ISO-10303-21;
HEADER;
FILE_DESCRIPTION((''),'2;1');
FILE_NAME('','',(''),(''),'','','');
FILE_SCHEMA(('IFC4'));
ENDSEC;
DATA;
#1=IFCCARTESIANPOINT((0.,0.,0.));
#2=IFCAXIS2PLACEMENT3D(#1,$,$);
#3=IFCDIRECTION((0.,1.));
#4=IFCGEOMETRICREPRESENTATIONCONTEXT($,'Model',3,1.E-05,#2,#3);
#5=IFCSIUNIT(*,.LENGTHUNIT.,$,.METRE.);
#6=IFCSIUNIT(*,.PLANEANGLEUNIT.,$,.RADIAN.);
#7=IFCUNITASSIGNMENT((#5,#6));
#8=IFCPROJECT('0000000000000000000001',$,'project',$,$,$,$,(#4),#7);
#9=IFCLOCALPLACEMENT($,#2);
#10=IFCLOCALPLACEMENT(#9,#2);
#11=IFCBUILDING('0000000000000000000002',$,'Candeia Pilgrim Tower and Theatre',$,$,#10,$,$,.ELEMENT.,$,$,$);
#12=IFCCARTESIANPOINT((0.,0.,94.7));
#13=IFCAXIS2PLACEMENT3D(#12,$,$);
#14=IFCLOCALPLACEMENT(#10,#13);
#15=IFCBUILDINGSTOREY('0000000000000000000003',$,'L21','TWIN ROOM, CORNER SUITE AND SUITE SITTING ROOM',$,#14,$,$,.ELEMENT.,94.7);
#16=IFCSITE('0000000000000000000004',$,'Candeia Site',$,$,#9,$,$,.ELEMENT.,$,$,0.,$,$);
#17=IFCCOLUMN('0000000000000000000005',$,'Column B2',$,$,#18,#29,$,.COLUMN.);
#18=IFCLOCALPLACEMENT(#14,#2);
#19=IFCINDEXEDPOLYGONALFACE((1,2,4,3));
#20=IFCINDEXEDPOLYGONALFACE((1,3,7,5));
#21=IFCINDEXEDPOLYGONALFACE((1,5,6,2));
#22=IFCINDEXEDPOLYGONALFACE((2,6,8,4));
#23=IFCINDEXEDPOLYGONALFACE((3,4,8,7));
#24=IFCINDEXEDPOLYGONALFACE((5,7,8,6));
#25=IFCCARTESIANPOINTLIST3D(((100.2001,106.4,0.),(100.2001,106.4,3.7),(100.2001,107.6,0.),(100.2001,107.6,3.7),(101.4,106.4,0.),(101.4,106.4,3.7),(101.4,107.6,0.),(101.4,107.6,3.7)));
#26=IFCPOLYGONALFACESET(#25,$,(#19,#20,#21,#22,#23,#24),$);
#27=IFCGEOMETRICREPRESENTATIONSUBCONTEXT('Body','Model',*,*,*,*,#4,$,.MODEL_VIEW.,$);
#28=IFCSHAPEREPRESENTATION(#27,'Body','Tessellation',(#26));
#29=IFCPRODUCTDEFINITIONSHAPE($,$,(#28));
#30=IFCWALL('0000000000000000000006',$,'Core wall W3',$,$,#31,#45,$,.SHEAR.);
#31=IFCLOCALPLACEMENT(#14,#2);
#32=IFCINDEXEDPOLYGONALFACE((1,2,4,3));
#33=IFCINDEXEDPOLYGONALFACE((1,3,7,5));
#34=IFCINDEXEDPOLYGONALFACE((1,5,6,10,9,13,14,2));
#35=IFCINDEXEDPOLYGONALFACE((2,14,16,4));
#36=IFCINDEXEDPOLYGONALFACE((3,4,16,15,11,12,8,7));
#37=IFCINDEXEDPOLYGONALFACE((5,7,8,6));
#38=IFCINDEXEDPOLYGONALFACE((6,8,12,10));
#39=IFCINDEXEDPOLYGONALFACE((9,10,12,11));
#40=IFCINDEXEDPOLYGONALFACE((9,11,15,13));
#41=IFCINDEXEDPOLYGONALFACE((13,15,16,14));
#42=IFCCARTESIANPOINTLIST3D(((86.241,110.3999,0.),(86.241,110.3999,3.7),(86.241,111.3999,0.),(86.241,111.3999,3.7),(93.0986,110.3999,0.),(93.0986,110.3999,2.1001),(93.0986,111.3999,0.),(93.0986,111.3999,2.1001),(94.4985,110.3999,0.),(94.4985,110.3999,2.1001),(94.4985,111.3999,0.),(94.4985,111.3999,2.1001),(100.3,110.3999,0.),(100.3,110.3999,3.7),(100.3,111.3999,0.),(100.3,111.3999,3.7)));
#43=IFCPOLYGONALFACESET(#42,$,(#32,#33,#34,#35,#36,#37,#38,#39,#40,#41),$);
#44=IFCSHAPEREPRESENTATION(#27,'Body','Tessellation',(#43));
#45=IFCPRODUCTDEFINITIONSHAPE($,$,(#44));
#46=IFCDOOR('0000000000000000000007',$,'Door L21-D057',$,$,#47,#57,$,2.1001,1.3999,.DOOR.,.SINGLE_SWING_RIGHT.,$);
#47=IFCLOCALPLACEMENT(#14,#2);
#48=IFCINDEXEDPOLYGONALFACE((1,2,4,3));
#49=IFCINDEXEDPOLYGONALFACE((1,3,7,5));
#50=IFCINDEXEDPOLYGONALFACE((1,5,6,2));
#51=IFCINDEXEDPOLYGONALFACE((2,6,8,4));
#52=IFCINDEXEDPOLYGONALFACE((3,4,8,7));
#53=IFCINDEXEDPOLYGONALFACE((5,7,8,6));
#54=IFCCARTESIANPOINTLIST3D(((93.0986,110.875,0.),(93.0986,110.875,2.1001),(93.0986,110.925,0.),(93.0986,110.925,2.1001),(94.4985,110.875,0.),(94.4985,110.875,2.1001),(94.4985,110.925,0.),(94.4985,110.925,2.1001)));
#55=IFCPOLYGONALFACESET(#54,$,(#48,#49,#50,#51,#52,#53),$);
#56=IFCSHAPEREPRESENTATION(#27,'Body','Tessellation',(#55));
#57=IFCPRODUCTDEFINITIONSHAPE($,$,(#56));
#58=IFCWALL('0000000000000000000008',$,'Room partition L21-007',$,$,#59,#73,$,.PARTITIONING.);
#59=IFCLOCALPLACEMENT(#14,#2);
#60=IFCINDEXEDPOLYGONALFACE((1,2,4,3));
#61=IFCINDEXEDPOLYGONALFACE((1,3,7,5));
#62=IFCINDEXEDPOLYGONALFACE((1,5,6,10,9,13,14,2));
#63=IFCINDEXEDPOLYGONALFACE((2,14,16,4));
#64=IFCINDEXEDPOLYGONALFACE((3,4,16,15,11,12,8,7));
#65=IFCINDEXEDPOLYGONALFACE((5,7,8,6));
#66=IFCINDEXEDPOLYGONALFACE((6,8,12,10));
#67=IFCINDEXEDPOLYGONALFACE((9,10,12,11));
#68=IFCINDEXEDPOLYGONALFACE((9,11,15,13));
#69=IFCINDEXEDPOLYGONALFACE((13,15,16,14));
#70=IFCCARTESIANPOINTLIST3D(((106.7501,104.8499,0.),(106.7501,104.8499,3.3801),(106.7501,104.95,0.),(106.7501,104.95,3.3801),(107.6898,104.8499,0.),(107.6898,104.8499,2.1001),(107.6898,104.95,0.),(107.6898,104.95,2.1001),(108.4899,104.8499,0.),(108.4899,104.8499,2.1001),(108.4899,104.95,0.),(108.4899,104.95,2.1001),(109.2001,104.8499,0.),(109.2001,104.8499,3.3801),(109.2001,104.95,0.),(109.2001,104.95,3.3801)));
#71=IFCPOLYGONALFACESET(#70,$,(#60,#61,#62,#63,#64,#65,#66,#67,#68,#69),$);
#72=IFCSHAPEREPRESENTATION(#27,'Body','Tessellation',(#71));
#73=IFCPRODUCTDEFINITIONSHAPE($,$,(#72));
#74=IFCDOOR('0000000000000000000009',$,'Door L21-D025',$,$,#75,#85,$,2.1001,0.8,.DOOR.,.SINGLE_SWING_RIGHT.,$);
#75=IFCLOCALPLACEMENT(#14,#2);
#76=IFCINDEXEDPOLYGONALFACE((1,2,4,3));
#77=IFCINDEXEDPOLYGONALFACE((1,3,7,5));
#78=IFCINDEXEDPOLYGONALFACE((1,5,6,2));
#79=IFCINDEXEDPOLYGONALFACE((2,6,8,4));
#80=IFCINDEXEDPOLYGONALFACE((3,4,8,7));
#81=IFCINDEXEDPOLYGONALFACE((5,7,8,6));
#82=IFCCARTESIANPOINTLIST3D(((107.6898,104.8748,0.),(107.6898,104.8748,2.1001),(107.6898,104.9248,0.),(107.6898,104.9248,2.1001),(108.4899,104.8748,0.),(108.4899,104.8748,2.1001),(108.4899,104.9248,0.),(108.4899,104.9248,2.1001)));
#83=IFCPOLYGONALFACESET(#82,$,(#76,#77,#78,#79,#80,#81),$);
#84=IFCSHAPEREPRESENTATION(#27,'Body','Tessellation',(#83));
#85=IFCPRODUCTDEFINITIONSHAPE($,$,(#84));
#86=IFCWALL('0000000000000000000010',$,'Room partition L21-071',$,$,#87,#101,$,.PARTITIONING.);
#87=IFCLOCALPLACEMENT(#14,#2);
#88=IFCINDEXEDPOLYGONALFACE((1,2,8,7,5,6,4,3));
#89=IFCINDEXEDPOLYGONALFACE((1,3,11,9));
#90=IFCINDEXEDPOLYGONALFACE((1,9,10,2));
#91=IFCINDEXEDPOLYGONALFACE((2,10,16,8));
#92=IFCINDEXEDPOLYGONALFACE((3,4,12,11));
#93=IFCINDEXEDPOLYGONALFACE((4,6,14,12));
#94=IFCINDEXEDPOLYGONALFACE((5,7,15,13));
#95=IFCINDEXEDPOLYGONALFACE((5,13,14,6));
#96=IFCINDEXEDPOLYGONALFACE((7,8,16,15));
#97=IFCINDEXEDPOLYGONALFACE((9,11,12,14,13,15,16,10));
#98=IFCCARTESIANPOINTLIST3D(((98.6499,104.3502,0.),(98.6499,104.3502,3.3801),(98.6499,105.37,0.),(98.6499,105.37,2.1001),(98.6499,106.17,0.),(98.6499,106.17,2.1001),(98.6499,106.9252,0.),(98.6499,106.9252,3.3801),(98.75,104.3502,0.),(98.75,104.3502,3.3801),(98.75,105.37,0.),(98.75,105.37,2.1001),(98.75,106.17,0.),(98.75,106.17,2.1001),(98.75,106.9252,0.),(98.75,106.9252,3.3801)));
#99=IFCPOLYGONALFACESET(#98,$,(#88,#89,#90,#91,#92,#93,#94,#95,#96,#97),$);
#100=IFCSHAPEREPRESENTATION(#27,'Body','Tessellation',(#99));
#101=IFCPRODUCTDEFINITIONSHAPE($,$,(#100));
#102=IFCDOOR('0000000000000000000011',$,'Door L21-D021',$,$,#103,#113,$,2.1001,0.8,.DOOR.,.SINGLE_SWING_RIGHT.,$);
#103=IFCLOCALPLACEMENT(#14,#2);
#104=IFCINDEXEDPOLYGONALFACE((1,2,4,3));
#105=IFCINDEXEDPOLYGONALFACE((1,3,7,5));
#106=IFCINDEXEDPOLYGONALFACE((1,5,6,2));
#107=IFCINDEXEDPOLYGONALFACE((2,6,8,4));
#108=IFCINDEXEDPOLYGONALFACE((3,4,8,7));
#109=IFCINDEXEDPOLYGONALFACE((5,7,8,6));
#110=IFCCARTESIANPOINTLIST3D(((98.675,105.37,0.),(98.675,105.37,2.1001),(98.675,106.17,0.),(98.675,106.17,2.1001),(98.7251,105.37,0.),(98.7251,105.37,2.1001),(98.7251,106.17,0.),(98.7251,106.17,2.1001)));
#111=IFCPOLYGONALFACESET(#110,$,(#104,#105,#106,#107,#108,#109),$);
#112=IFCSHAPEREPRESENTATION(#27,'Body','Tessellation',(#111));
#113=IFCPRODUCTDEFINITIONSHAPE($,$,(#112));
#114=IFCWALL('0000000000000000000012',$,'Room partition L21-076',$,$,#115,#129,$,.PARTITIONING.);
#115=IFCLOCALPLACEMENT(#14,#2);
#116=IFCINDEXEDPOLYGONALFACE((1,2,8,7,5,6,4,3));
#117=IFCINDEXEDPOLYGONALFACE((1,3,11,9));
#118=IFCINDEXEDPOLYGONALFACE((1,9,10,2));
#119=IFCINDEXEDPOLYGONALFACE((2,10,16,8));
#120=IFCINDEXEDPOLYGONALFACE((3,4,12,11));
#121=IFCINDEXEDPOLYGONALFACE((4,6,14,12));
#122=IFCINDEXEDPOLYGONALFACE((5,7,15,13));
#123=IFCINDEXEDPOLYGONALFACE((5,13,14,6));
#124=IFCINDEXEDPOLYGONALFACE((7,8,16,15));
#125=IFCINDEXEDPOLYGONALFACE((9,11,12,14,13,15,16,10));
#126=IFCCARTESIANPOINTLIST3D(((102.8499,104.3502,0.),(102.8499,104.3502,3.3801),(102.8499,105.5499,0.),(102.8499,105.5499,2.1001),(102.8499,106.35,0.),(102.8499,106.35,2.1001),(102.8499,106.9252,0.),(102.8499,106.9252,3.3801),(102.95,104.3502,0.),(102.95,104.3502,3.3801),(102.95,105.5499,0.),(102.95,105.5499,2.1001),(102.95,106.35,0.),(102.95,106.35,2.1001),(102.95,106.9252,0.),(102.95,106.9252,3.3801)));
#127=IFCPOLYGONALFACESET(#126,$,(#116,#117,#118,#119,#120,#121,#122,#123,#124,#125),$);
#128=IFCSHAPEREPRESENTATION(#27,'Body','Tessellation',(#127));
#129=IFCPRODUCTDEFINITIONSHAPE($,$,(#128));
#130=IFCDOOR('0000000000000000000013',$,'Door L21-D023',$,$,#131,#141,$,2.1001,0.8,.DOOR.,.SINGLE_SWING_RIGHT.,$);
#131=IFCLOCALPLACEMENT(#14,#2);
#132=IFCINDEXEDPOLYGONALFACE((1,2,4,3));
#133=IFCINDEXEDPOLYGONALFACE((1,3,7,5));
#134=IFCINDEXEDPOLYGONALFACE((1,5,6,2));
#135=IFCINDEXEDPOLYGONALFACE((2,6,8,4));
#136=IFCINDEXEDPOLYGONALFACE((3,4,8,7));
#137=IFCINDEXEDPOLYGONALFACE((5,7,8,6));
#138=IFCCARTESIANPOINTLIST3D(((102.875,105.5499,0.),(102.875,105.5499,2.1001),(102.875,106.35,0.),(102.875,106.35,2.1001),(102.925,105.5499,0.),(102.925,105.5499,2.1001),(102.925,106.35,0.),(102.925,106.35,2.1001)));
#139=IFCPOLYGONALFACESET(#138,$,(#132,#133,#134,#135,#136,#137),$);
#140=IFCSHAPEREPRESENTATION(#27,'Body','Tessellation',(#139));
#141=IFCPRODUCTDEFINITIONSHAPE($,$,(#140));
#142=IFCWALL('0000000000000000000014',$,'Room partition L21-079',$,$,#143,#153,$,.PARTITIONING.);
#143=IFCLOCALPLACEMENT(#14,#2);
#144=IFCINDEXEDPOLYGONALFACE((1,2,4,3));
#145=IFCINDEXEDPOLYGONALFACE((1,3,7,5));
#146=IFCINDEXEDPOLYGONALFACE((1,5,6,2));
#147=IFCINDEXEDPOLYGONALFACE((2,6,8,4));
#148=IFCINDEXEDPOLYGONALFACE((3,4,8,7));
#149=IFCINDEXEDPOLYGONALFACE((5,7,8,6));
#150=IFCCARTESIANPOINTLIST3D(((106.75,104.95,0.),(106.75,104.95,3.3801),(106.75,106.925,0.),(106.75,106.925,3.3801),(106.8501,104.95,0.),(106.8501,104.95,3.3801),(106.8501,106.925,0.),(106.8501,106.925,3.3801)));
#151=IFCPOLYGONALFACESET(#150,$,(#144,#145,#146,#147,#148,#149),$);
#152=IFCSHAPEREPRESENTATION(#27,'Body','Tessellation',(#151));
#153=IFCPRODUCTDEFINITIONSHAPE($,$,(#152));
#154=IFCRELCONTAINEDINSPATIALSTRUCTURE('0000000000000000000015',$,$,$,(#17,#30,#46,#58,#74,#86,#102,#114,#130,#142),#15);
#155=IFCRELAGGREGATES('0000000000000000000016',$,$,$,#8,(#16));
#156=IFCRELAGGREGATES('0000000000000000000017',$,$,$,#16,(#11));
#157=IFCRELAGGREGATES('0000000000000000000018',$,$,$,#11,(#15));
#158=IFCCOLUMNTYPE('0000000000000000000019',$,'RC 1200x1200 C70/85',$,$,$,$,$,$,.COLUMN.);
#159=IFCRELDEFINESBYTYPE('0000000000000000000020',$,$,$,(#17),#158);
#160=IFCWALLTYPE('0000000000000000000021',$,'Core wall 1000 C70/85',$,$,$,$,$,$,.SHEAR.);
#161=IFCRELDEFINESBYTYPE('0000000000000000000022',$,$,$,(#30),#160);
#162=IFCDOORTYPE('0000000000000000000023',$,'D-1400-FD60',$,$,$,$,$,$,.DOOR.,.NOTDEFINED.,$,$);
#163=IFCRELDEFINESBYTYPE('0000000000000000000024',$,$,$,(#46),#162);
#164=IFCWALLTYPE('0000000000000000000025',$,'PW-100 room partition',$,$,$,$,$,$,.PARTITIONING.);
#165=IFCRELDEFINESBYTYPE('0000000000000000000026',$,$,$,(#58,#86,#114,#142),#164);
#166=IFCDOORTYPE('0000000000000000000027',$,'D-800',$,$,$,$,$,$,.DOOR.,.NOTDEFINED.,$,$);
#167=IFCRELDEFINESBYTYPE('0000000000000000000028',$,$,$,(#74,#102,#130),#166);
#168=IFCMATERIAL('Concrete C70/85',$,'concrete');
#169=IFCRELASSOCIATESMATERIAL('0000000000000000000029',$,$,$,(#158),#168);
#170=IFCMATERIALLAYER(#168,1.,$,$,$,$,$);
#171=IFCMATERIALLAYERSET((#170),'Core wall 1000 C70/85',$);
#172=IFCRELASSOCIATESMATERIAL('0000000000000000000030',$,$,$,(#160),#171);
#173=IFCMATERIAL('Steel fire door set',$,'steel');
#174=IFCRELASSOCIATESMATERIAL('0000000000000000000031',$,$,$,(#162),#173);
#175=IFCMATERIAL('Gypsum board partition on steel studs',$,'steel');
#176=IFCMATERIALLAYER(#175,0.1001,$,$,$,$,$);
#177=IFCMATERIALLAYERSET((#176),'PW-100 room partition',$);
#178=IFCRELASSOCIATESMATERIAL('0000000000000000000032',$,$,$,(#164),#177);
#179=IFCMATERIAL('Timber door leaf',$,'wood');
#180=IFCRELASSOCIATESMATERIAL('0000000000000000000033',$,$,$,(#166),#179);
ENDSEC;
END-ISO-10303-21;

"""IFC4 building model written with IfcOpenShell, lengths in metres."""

from ifc_helpers import new_model, si_unit, direction, frame, frame_2d, origin, origin_2d, place, context, subcontext, project, spatial, rectangle, extrude, material, layer, layer_set, material_profile, profile_set, type_object, element, fill, save


model = new_model("IFC4")

# Units and contexts
model_context = context("Model", 3, precision=1e-05, world=origin(), true_north=direction((0.0, 1.0)))
body_context = subcontext(model_context, "Body", "Model", "MODEL_VIEW")
ifc_project = project(units=[si_unit("LENGTHUNIT", "METRE"), si_unit("PLANEANGLEUNIT", "RADIAN")], contexts=[model_context])

# Site, building, storey
site_placement = place(None, origin())
site = spatial("IfcSite", under=ifc_project, at=site_placement, Name="Candeia Site", CompositionType="ELEMENT", RefElevation=0.0)
building_placement = place(site_placement, origin())
building = spatial("IfcBuilding", under=site, at=building_placement, Name="Candeia Pilgrim Tower and Theatre", CompositionType="ELEMENT")
storey_placement = place(building_placement, frame((0.0, 0.0, 94.7)))
storey = spatial("IfcBuildingStorey", under=building, at=storey_placement, Name="L21", Description="TWIN ROOM, CORNER SUITE AND SUITE SITTING ROOM", CompositionType="ELEMENT", Elevation=94.7)

# Column
ifc_material_1 = material(Name="Concrete C70/85", Category="concrete")
ifc_material_profile = material_profile(ifc_material_1, rectangle(XDim=1.2, YDim=1.2, at=origin_2d()))
ifc_profile_set = profile_set([ifc_material_profile], Name="Concrete C70/85")
column_type = type_object("IfcColumnType", Name="RC 1200x1200 C70/85", PredefinedType="COLUMN", material=ifc_profile_set)
column_placement = place(storey_placement, frame((100.8, 107.0, 0.0), z_axis=(0.0, 0.0, 1.0), x_axis=(1.0, 0.0, 0.0)))
element("IfcColumn", 1, at=column_placement, inside=storey, type_object=column_type, Name="Column B2", PredefinedType="COLUMN", context=body_context, shape_type="SweptSolid", body=[
    extrude(rectangle(XDim=1.2, YDim=1.2, at=origin_2d()), origin(), (0.0, 0.0, 1.0), 3.7),
])

# Walls, openings, doors
ifc_layer_1 = layer(ifc_material_1, 1.0)
ifc_layer_set_1 = layer_set([ifc_layer_1], Name="Core wall 1000 C70/85")
wall_type_1 = type_object("IfcWallType", Name="Core wall 1000 C70/85", PredefinedType="SHEAR", material=ifc_layer_set_1)
wall_1_placement = place(storey_placement, frame((100.3, 110.8999, 0.0), z_axis=(0.0, 0.0, 1.0), x_axis=(-1.0, 0.0, 0.0)))
wall_1 = element("IfcWall", 2, at=wall_1_placement, inside=storey, type_object=wall_type_1, Name="Core wall W3", PredefinedType="SHEAR", context=body_context, shape_type="SweptSolid", body=[
    extrude(rectangle(XDim=14.0591, YDim=1.0, at=frame_2d((7.0295, 0.0))), origin(), (0.0, 0.0, 1.0), 3.7),
])
opening_1_placement = place(wall_1_placement, frame((5.8015, 0.0, 0.0)))
opening_1 = element("IfcOpeningElement", 3, at=opening_1_placement, cuts=wall_1, PredefinedType="OPENING", context=body_context, shape_type="SweptSolid", body=[
    extrude(rectangle(XDim=1.3999, YDim=2.1001, at=frame_2d((0.7, 1.05))), frame((0.0, 0.51, 0.0), z_axis=(0.0, -1.0, 0.0), x_axis=(1.0, 0.0, 0.0)), (0.0, 0.0, 1.0), 1.02),
])
ifc_material_2 = material(Name="Steel fire door set", Category="steel")
door_type_1 = type_object("IfcDoorType", Name="D-1400-FD60", OperationType="NOTDEFINED", PredefinedType="DOOR", material=ifc_material_2)
door_1_placement = place(opening_1_placement, origin())
door_1 = element("IfcDoor", 4, at=door_1_placement, inside=storey, type_object=door_type_1, Name="Door L21-D057", OperationType="SINGLE_SWING_RIGHT", OverallHeight=2.1001, OverallWidth=1.3999, PredefinedType="DOOR", context=body_context, shape_type="SweptSolid", body=[
    extrude(rectangle(XDim=1.3999, YDim=2.1001, at=frame_2d((0.7, 1.05))), frame((0.0, 0.0249, 0.0), z_axis=(0.0, -1.0, 0.0), x_axis=(1.0, 0.0, 0.0)), (0.0, 0.0, 1.0), 0.05),
])
fill(opening_1, door_1)
ifc_material_3 = material(Name="Gypsum board partition on steel studs", Category="steel")
ifc_layer_2 = layer(ifc_material_3, 0.1001)
ifc_layer_set_2 = layer_set([ifc_layer_2], Name="PW-100 room partition")
wall_type_2 = type_object("IfcWallType", Name="PW-100 room partition", PredefinedType="PARTITIONING", material=ifc_layer_set_2)
wall_2_placement = place(storey_placement, frame((106.75, 104.8999, 0.0), z_axis=(0.0, 0.0, 1.0), x_axis=(1.0, 0.0, 0.0)))
wall_2 = element("IfcWall", 5, at=wall_2_placement, inside=storey, type_object=wall_type_2, Name="Room partition L21-007", PredefinedType="PARTITIONING", context=body_context, shape_type="SweptSolid", body=[
    extrude(rectangle(XDim=2.45, YDim=0.1001, at=frame_2d((1.2251, 0.0))), origin(), (0.0, 0.0, 1.0), 3.3801),
])
opening_2_placement = place(wall_2_placement, frame((0.9399, 0.0, 0.0)))
opening_2 = element("IfcOpeningElement", 6, at=opening_2_placement, cuts=wall_2, PredefinedType="OPENING", context=body_context, shape_type="SweptSolid", body=[
    extrude(rectangle(XDim=0.8, YDim=2.1001, at=frame_2d((0.3999, 1.05))), frame((0.0, 0.0601, 0.0), z_axis=(0.0, -1.0, 0.0), x_axis=(1.0, 0.0, 0.0)), (0.0, 0.0, 1.0), 0.1201),
])
ifc_material_4 = material(Name="Timber door leaf", Category="wood")
door_type_2 = type_object("IfcDoorType", Name="D-800", OperationType="NOTDEFINED", PredefinedType="DOOR", material=ifc_material_4)
door_2_placement = place(opening_2_placement, origin())
door_2 = element("IfcDoor", 7, at=door_2_placement, inside=storey, type_object=door_type_2, Name="Door L21-D025", OperationType="SINGLE_SWING_RIGHT", OverallHeight=2.1001, OverallWidth=0.8, PredefinedType="DOOR", context=body_context, shape_type="SweptSolid", body=[
    extrude(rectangle(XDim=0.8, YDim=2.1001, at=frame_2d((0.3999, 1.05))), frame((0.0, 0.0249, 0.0), z_axis=(0.0, -1.0, 0.0), x_axis=(1.0, 0.0, 0.0)), (0.0, 0.0, 1.0), 0.05),
])
fill(opening_2, door_2)
wall_3_placement = place(storey_placement, frame((98.7, 104.3501, 0.0), z_axis=(0.0, 0.0, 1.0), x_axis=(0.0, 1.0, 0.0)))
wall_3 = element("IfcWall", 8, at=wall_3_placement, inside=storey, type_object=wall_type_2, Name="Room partition L21-071", PredefinedType="PARTITIONING", context=body_context, shape_type="SweptSolid", body=[
    extrude(rectangle(XDim=2.575, YDim=0.1001, at=frame_2d((1.2876, 0.0))), origin(), (0.0, 0.0, 1.0), 3.3801),
])
opening_3_placement = place(wall_3_placement, frame((1.02, 0.0, 0.0)))
opening_3 = element("IfcOpeningElement", 9, at=opening_3_placement, cuts=wall_3, PredefinedType="OPENING", context=body_context, shape_type="SweptSolid", body=[
    extrude(rectangle(XDim=0.8, YDim=2.1001, at=frame_2d((0.3999, 1.05))), frame((0.0, 0.0601, 0.0), z_axis=(0.0, -1.0, 0.0), x_axis=(1.0, 0.0, 0.0)), (0.0, 0.0, 1.0), 0.1201),
])
door_3_placement = place(opening_3_placement, origin())
door_3 = element("IfcDoor", 10, at=door_3_placement, inside=storey, type_object=door_type_2, Name="Door L21-D021", OperationType="SINGLE_SWING_RIGHT", OverallHeight=2.1001, OverallWidth=0.8, PredefinedType="DOOR", context=body_context, shape_type="SweptSolid", body=[
    extrude(rectangle(XDim=0.8, YDim=2.1001, at=frame_2d((0.3999, 1.05))), frame((0.0, 0.0249, 0.0), z_axis=(0.0, -1.0, 0.0), x_axis=(1.0, 0.0, 0.0)), (0.0, 0.0, 1.0), 0.05),
])
fill(opening_3, door_3)
wall_4_placement = place(storey_placement, frame((102.8999, 104.3501, 0.0), z_axis=(0.0, 0.0, 1.0), x_axis=(0.0, 1.0, 0.0)))
wall_4 = element("IfcWall", 11, at=wall_4_placement, inside=storey, type_object=wall_type_2, Name="Room partition L21-076", PredefinedType="PARTITIONING", context=body_context, shape_type="SweptSolid", body=[
    extrude(rectangle(XDim=2.575, YDim=0.1001, at=frame_2d((1.2876, 0.0))), origin(), (0.0, 0.0, 1.0), 3.3801),
])
opening_4_placement = place(wall_4_placement, frame((1.2, 0.0, 0.0)))
opening_4 = element("IfcOpeningElement", 12, at=opening_4_placement, cuts=wall_4, PredefinedType="OPENING", context=body_context, shape_type="SweptSolid", body=[
    extrude(rectangle(XDim=0.8, YDim=2.1001, at=frame_2d((0.3999, 1.05))), frame((0.0, 0.0601, 0.0), z_axis=(0.0, -1.0, 0.0), x_axis=(1.0, 0.0, 0.0)), (0.0, 0.0, 1.0), 0.1201),
])
door_4_placement = place(opening_4_placement, origin())
door_4 = element("IfcDoor", 13, at=door_4_placement, inside=storey, type_object=door_type_2, Name="Door L21-D023", OperationType="SINGLE_SWING_RIGHT", OverallHeight=2.1001, OverallWidth=0.8, PredefinedType="DOOR", context=body_context, shape_type="SweptSolid", body=[
    extrude(rectangle(XDim=0.8, YDim=2.1001, at=frame_2d((0.3999, 1.05))), frame((0.0, 0.0249, 0.0), z_axis=(0.0, -1.0, 0.0), x_axis=(1.0, 0.0, 0.0)), (0.0, 0.0, 1.0), 0.05),
])
fill(opening_4, door_4)

# Wall
wall_5_placement = place(storey_placement, frame((106.8, 104.95, 0.0), z_axis=(0.0, 0.0, 1.0), x_axis=(0.0, 1.0, 0.0)))
element("IfcWall", 14, at=wall_5_placement, inside=storey, type_object=wall_type_2, Name="Room partition L21-079", PredefinedType="PARTITIONING", context=body_context, shape_type="SweptSolid", body=[
    extrude(rectangle(XDim=1.9751, YDim=0.1001, at=frame_2d((0.9875, 0.0))), origin(), (0.0, 0.0, 1.0), 3.3801),
])

save(model, "model.ifc")
